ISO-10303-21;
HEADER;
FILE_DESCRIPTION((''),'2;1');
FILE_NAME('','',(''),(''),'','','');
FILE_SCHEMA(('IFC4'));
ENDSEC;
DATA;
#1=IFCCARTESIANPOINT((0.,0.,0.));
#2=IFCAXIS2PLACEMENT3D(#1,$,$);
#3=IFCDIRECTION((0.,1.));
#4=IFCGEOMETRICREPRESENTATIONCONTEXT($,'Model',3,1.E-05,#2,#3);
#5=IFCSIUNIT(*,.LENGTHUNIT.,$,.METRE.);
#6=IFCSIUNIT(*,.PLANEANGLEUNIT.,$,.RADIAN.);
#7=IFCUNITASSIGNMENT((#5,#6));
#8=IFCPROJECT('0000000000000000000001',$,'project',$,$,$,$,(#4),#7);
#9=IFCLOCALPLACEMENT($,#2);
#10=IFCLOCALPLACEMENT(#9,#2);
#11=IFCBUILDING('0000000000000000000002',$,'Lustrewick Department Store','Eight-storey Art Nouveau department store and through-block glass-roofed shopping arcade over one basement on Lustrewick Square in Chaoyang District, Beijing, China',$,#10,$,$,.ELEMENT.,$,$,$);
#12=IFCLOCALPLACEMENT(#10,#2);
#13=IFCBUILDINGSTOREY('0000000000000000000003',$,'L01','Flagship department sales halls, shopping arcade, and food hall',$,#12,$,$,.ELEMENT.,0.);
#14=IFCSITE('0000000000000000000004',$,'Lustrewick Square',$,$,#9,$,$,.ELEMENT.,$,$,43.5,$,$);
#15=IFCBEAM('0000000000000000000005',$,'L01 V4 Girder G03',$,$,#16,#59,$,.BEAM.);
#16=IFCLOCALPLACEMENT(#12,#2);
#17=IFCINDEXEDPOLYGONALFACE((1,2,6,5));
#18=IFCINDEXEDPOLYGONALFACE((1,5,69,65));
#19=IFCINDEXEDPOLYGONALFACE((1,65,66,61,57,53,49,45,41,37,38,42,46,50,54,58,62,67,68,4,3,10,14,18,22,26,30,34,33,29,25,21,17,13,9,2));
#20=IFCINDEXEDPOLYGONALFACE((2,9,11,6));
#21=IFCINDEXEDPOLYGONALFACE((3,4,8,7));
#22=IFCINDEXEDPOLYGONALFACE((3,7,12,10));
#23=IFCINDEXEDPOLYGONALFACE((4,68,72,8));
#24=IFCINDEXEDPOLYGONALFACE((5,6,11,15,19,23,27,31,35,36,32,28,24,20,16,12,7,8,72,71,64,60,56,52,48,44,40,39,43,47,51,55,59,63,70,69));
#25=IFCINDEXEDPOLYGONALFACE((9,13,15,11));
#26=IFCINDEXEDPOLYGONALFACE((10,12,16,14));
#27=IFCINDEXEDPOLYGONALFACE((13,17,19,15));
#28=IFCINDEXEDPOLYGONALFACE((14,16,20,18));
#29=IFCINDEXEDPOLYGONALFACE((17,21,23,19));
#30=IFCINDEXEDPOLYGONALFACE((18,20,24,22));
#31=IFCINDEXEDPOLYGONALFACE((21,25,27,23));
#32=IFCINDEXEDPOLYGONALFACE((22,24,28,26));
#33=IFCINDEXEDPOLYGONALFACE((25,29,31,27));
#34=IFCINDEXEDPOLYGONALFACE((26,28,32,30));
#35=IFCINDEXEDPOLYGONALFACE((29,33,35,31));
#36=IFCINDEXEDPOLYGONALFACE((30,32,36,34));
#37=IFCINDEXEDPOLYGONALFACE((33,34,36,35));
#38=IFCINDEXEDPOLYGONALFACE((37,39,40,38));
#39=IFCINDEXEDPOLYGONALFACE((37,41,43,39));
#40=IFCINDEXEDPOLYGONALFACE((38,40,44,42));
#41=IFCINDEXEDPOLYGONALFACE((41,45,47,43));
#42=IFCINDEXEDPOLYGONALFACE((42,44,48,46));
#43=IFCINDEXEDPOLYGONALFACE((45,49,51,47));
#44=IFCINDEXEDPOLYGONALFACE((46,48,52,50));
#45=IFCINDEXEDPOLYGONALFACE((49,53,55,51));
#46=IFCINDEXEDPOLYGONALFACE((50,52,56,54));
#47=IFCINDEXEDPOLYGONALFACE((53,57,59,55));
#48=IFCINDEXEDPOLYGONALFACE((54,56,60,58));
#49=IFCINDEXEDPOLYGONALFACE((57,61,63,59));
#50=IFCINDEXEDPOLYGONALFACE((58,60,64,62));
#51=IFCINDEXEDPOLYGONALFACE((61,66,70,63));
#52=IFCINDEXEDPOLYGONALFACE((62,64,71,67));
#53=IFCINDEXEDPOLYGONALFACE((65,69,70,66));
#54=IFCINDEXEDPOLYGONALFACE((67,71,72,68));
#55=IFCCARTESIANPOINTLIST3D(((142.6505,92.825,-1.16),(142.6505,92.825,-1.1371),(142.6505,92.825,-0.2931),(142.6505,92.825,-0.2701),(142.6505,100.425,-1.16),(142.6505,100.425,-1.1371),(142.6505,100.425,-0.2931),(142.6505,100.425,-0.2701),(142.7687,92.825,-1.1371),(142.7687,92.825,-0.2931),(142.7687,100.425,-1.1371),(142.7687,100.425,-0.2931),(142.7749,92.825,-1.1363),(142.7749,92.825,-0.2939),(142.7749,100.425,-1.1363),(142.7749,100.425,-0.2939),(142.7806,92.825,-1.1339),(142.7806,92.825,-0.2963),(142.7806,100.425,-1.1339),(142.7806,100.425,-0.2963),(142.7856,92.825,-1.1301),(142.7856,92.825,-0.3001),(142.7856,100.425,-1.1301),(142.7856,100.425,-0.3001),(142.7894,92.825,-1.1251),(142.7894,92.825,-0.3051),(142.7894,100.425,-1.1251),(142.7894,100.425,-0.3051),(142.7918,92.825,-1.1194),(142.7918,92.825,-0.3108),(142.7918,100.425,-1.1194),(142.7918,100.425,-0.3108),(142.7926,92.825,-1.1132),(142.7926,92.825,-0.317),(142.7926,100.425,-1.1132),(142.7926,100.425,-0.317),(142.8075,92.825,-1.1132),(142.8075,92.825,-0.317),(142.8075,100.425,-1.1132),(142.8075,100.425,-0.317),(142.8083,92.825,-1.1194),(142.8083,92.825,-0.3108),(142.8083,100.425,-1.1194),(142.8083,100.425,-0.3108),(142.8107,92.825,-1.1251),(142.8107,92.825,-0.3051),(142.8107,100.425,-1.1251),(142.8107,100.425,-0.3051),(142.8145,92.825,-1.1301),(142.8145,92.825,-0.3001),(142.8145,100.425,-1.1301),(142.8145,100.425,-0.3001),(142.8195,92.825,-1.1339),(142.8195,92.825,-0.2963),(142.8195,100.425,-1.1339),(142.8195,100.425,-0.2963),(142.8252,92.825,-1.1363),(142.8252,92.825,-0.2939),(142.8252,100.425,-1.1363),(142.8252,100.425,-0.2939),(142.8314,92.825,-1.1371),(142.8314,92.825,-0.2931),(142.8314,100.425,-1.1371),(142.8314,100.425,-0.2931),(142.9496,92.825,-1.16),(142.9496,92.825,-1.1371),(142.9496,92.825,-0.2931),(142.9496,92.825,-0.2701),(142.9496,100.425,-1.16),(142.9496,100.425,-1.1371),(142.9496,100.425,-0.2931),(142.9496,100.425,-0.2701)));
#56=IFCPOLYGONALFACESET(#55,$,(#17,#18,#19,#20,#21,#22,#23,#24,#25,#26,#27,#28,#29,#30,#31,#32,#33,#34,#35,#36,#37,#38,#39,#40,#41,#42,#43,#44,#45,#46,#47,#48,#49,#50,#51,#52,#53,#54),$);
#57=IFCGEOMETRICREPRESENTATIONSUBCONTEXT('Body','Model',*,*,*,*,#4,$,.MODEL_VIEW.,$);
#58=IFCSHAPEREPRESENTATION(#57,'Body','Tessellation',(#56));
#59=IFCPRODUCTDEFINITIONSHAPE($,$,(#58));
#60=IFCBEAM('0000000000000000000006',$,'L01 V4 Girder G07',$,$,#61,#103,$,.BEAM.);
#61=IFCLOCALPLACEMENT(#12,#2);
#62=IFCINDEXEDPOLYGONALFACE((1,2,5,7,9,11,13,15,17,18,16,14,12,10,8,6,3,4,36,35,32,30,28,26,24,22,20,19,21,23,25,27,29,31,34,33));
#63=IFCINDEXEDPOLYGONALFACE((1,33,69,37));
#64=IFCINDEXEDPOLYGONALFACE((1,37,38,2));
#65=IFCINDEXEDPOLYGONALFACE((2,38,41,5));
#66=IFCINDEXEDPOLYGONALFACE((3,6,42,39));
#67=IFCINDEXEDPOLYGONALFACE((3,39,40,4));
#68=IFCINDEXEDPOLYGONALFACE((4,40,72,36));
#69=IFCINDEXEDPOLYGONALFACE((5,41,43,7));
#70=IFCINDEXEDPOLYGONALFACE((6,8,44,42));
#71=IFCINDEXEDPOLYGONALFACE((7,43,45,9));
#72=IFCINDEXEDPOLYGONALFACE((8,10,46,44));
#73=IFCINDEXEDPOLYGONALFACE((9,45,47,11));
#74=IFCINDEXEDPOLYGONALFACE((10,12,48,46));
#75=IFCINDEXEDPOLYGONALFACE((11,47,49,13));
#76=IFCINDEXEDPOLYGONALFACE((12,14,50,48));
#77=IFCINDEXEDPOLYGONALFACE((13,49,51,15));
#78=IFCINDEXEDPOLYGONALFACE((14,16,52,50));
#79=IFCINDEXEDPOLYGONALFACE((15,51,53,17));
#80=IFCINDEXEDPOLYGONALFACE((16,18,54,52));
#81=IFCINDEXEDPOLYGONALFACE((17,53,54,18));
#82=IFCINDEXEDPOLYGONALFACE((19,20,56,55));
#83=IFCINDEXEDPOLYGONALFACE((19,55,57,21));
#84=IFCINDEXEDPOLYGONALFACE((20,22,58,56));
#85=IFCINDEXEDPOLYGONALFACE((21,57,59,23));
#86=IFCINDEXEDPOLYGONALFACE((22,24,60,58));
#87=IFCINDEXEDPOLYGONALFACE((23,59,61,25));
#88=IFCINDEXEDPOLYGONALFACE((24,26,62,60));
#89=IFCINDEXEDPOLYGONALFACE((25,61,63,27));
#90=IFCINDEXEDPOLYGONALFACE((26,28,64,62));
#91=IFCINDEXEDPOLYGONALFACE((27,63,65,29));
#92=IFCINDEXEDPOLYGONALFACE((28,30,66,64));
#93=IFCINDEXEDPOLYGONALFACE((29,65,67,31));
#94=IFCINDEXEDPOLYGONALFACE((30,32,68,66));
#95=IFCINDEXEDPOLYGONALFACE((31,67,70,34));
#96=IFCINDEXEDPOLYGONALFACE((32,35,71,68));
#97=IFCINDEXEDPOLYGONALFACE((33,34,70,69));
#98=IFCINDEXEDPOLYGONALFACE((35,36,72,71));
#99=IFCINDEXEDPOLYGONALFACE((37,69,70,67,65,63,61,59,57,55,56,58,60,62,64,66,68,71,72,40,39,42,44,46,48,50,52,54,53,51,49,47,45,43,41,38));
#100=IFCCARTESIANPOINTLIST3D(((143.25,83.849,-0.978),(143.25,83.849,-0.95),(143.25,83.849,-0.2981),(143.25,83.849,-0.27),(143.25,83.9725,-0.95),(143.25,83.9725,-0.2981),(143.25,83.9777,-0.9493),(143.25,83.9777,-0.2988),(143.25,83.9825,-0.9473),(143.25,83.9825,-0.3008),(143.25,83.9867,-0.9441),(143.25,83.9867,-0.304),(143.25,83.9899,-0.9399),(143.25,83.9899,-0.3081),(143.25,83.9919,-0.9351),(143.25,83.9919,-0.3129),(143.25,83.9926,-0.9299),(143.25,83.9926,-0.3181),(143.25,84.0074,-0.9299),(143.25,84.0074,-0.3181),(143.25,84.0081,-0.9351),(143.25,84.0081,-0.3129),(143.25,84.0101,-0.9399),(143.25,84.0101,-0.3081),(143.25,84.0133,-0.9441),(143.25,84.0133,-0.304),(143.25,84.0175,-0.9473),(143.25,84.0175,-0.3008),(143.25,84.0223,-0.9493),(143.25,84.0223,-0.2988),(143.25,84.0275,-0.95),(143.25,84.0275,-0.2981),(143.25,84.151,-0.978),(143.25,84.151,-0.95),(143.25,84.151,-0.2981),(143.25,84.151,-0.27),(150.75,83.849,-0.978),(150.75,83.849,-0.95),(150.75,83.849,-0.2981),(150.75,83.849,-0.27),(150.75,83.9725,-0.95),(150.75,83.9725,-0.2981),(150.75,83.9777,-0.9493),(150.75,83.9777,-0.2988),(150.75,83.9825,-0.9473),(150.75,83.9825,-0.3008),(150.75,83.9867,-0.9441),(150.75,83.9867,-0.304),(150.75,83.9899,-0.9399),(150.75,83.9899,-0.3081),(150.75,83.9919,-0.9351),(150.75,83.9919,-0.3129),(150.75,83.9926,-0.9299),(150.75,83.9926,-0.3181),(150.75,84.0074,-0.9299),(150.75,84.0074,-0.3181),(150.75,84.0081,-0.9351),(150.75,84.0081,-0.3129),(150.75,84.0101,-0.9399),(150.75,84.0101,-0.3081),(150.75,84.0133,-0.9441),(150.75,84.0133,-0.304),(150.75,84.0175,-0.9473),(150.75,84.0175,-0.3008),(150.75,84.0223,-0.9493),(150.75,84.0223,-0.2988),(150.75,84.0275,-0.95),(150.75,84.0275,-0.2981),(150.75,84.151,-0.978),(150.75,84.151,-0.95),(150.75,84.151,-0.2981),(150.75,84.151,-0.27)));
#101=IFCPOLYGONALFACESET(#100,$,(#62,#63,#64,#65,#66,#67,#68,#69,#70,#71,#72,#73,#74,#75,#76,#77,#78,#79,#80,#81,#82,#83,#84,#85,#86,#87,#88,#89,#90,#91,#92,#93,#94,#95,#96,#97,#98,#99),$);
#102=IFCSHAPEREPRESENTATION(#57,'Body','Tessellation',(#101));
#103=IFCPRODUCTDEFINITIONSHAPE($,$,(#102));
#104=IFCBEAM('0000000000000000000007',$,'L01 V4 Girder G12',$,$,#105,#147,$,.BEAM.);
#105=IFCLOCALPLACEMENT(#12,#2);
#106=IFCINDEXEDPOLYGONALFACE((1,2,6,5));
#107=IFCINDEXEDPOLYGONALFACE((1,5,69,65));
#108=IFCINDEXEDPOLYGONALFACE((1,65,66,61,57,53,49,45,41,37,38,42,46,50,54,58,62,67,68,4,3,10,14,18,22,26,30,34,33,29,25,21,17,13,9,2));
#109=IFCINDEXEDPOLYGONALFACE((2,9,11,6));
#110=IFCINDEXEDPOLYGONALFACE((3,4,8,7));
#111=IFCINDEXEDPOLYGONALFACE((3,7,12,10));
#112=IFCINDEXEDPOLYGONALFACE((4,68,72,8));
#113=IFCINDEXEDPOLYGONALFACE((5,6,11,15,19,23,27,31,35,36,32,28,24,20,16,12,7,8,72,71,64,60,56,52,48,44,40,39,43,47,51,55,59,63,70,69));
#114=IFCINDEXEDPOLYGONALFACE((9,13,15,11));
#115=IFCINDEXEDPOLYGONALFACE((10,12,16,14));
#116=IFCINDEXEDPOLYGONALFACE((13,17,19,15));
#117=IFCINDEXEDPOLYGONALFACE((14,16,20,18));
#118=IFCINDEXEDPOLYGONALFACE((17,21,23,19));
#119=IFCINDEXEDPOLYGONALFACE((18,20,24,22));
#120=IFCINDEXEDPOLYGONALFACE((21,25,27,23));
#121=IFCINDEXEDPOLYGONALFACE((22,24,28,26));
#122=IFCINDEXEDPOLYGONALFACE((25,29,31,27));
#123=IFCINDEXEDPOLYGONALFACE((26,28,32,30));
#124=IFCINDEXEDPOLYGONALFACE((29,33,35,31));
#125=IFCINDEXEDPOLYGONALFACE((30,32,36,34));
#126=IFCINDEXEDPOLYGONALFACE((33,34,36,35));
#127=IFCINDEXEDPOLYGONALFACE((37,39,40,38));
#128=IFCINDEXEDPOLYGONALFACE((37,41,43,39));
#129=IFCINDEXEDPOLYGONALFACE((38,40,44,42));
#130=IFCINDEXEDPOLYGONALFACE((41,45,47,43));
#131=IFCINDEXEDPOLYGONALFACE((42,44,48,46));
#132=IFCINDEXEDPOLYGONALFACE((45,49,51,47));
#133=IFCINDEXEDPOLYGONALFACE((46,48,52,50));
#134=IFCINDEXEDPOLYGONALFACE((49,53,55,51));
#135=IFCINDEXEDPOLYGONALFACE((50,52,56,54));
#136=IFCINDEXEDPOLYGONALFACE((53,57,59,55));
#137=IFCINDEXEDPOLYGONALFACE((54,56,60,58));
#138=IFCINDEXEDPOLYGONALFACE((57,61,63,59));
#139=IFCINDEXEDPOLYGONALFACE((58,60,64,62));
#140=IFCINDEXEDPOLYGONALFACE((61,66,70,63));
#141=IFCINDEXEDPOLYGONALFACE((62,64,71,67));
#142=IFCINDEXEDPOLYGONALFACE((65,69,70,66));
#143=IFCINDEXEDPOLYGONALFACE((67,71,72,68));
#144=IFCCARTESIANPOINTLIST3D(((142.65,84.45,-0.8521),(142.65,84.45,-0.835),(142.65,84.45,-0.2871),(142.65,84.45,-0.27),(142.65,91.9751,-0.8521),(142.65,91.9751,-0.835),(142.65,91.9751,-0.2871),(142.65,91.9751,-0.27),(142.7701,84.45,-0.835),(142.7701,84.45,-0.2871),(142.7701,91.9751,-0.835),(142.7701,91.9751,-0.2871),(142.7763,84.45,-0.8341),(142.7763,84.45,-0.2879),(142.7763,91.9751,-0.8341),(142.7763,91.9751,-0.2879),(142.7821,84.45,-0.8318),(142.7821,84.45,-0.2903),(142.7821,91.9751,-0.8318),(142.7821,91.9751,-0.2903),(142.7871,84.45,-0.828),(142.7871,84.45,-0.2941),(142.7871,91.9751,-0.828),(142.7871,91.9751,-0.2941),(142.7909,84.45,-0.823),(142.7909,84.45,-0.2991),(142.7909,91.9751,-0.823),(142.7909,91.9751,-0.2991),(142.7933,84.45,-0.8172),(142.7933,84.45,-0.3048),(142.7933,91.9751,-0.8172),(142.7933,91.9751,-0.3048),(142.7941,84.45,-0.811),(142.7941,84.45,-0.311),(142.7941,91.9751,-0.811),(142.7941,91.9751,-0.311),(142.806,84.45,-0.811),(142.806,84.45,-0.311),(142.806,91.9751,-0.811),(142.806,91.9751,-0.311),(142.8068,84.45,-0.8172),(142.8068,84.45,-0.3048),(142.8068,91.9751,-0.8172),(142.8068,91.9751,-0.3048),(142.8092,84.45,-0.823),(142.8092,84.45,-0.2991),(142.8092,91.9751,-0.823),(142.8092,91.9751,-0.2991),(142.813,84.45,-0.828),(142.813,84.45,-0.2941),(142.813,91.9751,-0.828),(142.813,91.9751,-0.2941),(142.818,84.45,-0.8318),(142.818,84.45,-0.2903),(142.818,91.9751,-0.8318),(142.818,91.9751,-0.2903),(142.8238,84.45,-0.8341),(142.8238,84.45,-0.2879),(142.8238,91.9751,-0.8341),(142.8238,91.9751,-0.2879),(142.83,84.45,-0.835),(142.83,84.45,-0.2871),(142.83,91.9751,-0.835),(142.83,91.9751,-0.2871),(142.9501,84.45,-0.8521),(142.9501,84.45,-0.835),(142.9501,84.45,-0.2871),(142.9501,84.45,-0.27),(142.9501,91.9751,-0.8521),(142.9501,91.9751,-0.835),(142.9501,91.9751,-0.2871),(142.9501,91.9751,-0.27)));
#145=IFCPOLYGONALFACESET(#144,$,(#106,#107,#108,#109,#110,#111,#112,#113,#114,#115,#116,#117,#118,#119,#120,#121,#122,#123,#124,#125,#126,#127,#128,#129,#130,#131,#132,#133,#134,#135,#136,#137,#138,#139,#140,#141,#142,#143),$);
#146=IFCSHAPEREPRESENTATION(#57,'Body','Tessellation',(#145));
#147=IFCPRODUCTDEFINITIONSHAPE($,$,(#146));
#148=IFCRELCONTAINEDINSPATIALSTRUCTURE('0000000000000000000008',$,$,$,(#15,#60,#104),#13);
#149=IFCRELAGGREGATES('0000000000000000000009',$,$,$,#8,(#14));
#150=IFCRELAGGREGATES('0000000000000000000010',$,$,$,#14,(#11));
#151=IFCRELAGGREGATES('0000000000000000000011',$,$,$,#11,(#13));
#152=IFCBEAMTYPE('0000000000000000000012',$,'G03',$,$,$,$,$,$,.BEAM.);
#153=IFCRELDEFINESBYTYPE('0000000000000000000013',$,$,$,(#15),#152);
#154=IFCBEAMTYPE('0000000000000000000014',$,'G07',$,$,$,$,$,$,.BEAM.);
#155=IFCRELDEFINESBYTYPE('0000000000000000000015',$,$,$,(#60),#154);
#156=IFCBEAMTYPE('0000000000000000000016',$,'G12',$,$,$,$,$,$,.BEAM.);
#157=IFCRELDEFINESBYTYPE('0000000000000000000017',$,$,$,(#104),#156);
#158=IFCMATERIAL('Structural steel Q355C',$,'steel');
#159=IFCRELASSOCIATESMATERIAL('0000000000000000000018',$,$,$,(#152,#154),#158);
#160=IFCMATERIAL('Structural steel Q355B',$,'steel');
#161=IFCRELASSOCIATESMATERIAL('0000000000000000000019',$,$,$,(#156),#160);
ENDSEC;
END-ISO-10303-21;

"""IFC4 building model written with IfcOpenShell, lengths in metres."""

from ifc_helpers import new_model, si_unit, direction, frame, origin, origin_2d, place, context, subcontext, project, spatial, i_section, extrude, material, material_profile, profile_set, type_object, element, save


model = new_model("IFC4")

# Units and contexts
model_context = context("Model", 3, precision=1e-05, world=origin(), true_north=direction((0.0, 1.0)))
body_context = subcontext(model_context, "Body", "Model", "MODEL_VIEW")
ifc_project = project(units=[si_unit("LENGTHUNIT", "METRE"), si_unit("PLANEANGLEUNIT", "RADIAN")], contexts=[model_context])

# Site, building, storey
site_placement = place(None, origin())
site = spatial("IfcSite", under=ifc_project, at=site_placement, Name="Lustrewick Square", CompositionType="ELEMENT", RefElevation=43.5)
building_placement = place(site_placement, origin())
building = spatial("IfcBuilding", under=site, at=building_placement, Name="Lustrewick Department Store", Description="Eight-storey Art Nouveau department store and through-block glass-roofed shopping arcade over one basement on Lustrewick Square in Chaoyang District, Beijing, China", CompositionType="ELEMENT")
storey_placement = place(building_placement, origin())
storey = spatial("IfcBuildingStorey", under=building, at=storey_placement, Name="L01", Description="Flagship department sales halls, shopping arcade, and food hall", CompositionType="ELEMENT", Elevation=0.0)

# Shared definitions
ifc_material_1 = material(Name="Structural steel Q355C", Category="steel")
ifc_material_2 = material(Name="Structural steel Q355B", Category="steel")

# Beams
ifc_material_profile_1 = material_profile(ifc_material_1, i_section(OverallWidth=0.2991, OverallDepth=0.8899, WebThickness=0.0149, FlangeThickness=0.0229, FilletRadius=0.0239, at=origin_2d()), Name="HN 890x299x15x23")
ifc_profile_set_1 = profile_set([ifc_material_profile_1], Name="Structural steel Q355C")
beam_type_1 = type_object("IfcBeamType", Name="G03", PredefinedType="BEAM", material=ifc_profile_set_1)
beam_1_placement = place(storey_placement, frame((142.8, 92.825, -0.7151), z_axis=(0.0, 1.0, 0.0), x_axis=(-1.0, 0.0, 0.0)))
element("IfcBeam", 1, at=beam_1_placement, inside=storey, type_object=beam_type_1, Name="L01 V4 Girder G03", PredefinedType="BEAM", context=body_context, shape_type="SweptSolid", body=[
    extrude(i_section(OverallWidth=0.2991, OverallDepth=0.8899, WebThickness=0.0149, FlangeThickness=0.0229, FilletRadius=0.0239, at=origin_2d()), origin(), (0.0, 0.0, 1.0), 7.6001),
])
ifc_material_profile_2 = material_profile(ifc_material_1, i_section(OverallWidth=0.302, OverallDepth=0.708, WebThickness=0.0149, FlangeThickness=0.0281, FilletRadius=0.02, at=origin_2d()), Name="HN 708x302x15x28")
ifc_profile_set_2 = profile_set([ifc_material_profile_2], Name="Structural steel Q355C")
beam_type_2 = type_object("IfcBeamType", Name="G07", PredefinedType="BEAM", material=ifc_profile_set_2)
beam_2_placement = place(storey_placement, frame((143.25, 84.0, -0.624), z_axis=(1.0, 0.0, 0.0), x_axis=(0.0, 1.0, 0.0)))
element("IfcBeam", 2, at=beam_2_placement, inside=storey, type_object=beam_type_2, Name="L01 V4 Girder G07", PredefinedType="BEAM", context=body_context, shape_type="SweptSolid", body=[
    extrude(i_section(OverallWidth=0.302, OverallDepth=0.708, WebThickness=0.0149, FlangeThickness=0.0281, FilletRadius=0.02, at=origin_2d()), origin(), (0.0, 0.0, 1.0), 7.5),
])
ifc_material_profile_3 = material_profile(ifc_material_2, i_section(OverallWidth=0.3, OverallDepth=0.582, WebThickness=0.012, FlangeThickness=0.0171, FilletRadius=0.0239, at=origin_2d()), Name="HM 582x300x12x17")
ifc_profile_set_3 = profile_set([ifc_material_profile_3], Name="Structural steel Q355B")
beam_type_3 = type_object("IfcBeamType", Name="G12", PredefinedType="BEAM", material=ifc_profile_set_3)
beam_3_placement = place(storey_placement, frame((142.8, 84.45, -0.561), z_axis=(0.0, 1.0, 0.0), x_axis=(-1.0, 0.0, 0.0)))
element("IfcBeam", 3, at=beam_3_placement, inside=storey, type_object=beam_type_3, Name="L01 V4 Girder G12", PredefinedType="BEAM", context=body_context, shape_type="SweptSolid", body=[
    extrude(i_section(OverallWidth=0.3, OverallDepth=0.582, WebThickness=0.012, FlangeThickness=0.0171, FilletRadius=0.0239, at=origin_2d()), origin(), (0.0, 0.0, 1.0), 7.5251),
])

save(model, "model.ifc")
